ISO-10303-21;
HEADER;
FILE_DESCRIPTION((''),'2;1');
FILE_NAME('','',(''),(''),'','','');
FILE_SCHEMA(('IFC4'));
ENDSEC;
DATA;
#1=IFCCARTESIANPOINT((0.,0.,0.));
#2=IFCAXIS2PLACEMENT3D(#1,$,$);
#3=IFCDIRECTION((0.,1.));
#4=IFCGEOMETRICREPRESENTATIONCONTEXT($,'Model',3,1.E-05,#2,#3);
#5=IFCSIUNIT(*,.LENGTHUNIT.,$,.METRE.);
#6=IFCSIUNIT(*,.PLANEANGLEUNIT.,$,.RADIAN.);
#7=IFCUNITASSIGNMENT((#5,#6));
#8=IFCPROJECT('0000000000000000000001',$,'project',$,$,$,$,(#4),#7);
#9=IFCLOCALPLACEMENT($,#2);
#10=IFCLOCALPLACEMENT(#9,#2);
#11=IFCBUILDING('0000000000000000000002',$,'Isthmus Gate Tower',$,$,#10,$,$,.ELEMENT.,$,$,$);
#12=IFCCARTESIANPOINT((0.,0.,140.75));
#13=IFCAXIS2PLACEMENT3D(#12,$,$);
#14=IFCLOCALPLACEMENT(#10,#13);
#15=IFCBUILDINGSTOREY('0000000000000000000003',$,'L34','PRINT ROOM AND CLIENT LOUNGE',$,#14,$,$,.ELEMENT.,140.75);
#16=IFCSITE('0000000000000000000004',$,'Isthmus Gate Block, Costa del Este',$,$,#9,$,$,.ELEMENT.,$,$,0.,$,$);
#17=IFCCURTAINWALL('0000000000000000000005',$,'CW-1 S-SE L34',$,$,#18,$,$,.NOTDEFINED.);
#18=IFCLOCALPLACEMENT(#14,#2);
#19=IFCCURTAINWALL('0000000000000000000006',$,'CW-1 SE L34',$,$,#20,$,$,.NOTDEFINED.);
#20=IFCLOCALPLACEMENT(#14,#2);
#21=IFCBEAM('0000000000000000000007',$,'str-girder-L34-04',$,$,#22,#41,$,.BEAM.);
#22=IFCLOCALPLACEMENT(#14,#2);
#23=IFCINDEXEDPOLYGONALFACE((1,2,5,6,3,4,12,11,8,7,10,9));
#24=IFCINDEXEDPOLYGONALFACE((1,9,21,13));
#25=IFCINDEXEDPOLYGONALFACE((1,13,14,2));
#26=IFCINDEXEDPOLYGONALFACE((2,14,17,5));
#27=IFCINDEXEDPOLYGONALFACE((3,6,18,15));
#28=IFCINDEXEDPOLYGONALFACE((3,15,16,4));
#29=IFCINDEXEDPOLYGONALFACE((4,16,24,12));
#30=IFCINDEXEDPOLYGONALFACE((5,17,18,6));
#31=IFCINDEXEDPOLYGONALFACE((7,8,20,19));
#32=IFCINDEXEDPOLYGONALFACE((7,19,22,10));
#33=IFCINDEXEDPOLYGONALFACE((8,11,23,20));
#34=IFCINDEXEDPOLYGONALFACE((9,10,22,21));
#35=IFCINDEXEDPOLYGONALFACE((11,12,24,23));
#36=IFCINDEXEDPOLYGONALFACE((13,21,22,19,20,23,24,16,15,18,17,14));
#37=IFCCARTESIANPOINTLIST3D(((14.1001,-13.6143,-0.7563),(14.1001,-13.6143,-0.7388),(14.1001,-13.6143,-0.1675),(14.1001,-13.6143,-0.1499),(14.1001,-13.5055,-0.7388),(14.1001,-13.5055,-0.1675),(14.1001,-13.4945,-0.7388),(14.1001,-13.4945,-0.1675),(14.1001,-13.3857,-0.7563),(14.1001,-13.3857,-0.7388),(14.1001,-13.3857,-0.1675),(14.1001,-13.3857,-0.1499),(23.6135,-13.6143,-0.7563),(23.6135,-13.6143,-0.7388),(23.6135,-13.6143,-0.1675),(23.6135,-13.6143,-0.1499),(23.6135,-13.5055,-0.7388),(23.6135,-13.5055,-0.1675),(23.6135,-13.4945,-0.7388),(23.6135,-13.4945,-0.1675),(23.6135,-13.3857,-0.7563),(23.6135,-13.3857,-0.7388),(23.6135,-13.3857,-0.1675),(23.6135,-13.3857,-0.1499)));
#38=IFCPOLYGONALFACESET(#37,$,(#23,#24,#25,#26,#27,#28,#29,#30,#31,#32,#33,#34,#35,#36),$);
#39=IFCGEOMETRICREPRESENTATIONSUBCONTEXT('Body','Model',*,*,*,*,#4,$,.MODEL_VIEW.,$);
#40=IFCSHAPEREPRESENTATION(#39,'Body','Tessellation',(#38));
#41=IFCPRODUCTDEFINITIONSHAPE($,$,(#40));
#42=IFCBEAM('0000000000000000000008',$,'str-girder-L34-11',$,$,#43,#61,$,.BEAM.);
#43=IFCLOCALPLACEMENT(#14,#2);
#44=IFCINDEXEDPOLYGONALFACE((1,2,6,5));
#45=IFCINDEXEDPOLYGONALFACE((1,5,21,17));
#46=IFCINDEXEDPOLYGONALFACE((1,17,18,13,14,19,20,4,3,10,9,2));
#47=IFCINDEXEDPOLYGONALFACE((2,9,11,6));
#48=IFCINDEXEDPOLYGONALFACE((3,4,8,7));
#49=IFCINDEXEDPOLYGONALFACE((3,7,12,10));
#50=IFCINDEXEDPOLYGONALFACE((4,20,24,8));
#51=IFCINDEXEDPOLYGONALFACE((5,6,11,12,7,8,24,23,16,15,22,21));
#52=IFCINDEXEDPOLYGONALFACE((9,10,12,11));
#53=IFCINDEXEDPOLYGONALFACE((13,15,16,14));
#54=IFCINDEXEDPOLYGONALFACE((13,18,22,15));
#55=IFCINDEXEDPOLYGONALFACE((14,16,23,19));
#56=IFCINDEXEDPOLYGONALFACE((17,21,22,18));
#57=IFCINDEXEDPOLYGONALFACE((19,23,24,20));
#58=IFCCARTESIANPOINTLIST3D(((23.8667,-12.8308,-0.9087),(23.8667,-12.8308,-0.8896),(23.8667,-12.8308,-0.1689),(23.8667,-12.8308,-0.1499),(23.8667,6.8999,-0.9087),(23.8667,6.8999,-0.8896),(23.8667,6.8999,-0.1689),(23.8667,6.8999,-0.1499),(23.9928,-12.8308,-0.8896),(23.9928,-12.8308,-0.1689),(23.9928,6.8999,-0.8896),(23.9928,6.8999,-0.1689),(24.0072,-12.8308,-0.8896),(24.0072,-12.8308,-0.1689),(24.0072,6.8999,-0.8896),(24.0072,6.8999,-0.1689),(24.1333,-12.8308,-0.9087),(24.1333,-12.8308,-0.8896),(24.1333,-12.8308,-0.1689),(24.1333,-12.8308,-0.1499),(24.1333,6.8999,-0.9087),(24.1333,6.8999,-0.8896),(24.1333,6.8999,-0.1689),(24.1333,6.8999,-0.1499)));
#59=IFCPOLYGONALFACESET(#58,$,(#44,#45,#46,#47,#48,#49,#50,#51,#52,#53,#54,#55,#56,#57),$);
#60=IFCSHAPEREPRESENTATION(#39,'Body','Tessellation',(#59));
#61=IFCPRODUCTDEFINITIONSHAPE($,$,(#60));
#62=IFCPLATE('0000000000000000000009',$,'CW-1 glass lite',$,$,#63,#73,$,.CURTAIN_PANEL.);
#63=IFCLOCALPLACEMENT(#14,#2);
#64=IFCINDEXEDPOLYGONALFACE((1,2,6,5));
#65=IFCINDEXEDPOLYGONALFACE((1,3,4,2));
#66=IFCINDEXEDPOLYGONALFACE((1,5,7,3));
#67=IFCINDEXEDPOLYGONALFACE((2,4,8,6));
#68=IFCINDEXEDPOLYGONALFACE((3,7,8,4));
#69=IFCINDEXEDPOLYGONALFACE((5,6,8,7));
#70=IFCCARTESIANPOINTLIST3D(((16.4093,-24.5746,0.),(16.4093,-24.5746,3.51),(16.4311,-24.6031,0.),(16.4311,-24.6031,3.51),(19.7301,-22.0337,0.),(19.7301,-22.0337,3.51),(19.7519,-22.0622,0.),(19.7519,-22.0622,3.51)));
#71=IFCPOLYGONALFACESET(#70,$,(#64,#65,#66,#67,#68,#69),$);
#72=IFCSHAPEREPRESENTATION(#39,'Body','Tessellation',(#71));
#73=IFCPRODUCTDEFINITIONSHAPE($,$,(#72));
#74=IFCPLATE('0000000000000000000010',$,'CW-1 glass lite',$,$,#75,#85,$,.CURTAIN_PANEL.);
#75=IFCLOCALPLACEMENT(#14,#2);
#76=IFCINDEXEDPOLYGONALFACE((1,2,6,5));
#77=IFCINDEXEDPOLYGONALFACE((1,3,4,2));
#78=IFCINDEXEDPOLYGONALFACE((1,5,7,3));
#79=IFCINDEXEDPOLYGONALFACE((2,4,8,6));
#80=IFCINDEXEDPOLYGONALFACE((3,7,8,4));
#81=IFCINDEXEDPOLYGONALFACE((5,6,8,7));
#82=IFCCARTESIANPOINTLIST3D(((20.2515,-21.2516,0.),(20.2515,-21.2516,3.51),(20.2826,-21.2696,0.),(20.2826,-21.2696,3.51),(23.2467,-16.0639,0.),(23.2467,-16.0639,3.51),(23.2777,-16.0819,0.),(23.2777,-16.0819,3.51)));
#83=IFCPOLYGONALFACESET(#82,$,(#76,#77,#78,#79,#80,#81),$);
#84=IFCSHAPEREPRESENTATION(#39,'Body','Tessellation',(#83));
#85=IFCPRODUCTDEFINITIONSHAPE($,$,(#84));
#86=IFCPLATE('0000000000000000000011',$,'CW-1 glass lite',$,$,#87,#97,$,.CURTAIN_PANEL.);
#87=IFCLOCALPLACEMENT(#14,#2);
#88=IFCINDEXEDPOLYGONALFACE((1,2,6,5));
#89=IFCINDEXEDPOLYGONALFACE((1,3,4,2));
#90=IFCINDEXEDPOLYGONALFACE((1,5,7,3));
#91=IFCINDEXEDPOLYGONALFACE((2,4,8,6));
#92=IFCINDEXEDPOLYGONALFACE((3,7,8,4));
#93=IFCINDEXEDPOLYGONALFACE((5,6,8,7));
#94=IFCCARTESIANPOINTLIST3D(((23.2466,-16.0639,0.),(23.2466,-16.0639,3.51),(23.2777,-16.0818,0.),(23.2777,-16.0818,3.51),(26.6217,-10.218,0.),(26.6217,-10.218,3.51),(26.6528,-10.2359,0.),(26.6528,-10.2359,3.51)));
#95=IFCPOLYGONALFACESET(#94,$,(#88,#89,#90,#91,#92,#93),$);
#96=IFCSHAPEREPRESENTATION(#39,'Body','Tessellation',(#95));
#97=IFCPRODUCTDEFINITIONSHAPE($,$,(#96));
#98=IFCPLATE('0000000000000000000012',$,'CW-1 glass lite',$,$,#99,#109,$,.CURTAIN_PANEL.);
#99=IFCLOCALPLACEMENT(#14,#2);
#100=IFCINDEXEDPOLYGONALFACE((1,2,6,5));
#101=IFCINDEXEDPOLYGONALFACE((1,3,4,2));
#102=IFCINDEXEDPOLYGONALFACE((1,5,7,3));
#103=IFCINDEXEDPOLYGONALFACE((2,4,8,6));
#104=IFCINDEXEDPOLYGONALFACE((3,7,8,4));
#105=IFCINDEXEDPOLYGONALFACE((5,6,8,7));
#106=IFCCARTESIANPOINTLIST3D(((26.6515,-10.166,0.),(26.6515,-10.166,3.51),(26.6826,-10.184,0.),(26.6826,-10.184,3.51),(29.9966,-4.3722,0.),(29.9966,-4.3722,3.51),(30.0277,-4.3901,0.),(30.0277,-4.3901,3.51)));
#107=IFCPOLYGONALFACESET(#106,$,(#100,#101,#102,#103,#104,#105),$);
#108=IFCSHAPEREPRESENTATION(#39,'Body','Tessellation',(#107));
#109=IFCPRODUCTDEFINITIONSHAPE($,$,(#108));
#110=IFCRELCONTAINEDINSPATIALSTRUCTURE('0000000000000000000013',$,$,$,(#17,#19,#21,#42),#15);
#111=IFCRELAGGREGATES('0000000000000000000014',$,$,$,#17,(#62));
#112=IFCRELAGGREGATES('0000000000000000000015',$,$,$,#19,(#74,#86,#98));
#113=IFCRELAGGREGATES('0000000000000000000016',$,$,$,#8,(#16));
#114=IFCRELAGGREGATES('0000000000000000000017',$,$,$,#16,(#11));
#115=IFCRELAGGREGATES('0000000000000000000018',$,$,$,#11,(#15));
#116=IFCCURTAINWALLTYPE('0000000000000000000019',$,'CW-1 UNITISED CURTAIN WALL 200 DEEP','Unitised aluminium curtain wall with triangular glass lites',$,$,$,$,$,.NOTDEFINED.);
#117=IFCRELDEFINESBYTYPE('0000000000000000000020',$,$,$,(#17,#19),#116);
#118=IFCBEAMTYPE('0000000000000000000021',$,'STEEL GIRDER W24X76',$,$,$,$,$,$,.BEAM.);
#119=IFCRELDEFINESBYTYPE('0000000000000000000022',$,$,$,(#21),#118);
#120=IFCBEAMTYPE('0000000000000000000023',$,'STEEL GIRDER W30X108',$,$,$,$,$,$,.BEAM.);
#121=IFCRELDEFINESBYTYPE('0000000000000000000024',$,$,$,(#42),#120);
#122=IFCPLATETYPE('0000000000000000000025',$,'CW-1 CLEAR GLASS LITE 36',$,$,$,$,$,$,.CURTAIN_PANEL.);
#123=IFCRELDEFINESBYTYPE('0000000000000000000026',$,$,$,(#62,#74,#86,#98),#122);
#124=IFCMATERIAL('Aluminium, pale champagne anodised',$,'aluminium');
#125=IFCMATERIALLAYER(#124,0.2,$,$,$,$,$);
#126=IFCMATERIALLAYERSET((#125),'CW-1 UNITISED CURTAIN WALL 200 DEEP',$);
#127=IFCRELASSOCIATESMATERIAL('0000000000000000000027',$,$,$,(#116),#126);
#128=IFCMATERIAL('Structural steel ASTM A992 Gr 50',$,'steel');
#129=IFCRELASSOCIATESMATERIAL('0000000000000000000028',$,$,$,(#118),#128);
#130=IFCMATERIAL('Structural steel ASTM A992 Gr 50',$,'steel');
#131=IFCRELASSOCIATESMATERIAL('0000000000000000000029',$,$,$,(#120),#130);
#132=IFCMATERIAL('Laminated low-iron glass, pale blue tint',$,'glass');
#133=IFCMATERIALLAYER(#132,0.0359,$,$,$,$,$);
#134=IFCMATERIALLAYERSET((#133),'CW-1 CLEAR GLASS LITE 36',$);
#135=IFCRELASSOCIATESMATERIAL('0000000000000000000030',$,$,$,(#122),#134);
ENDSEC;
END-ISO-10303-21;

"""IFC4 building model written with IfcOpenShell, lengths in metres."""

from ifc_helpers import new_model, si_unit, direction, frame, origin, origin_2d, place, context, subcontext, project, spatial, rectangle, i_section, extrude, material, layer, layer_set, material_profile, profile_set, type_object, element, aggregate, save


model = new_model("IFC4")

# Units and contexts
model_context = context("Model", 3, precision=1e-05, world=origin(), true_north=direction((0.0, 1.0)))
body_context = subcontext(model_context, "Body", "Model", "MODEL_VIEW")
ifc_project = project(units=[si_unit("LENGTHUNIT", "METRE"), si_unit("PLANEANGLEUNIT", "RADIAN")], contexts=[model_context])

# Site, building, storey
site_placement = place(None, origin())
site = spatial("IfcSite", under=ifc_project, at=site_placement, Name="Isthmus Gate Block, Costa del Este", CompositionType="ELEMENT", RefElevation=0.0)
building_placement = place(site_placement, origin())
building = spatial("IfcBuilding", under=site, at=building_placement, Name="Isthmus Gate Tower", CompositionType="ELEMENT")
storey_placement = place(building_placement, frame((0.0, 0.0, 140.75)))
storey = spatial("IfcBuildingStorey", under=building, at=storey_placement, Name="L34", Description="PRINT ROOM AND CLIENT LOUNGE", CompositionType="ELEMENT", Elevation=140.75)

# Curtain wall
ifc_material_1 = material(Name="Aluminium, pale champagne anodised", Category="aluminium")
ifc_layer_1 = layer(ifc_material_1, 0.2)
ifc_layer_set_1 = layer_set([ifc_layer_1], Name="CW-1 UNITISED CURTAIN WALL 200 DEEP")
curtain_wall_type = type_object("IfcCurtainWallType", Name="CW-1 UNITISED CURTAIN WALL 200 DEEP", Description="Unitised aluminium curtain wall with triangular glass lites", PredefinedType="NOTDEFINED", material=ifc_layer_set_1)
curtain_wall_1_placement = place(storey_placement, origin())
curtain_wall_1 = element("IfcCurtainWall", 1, at=curtain_wall_1_placement, inside=storey, type_object=curtain_wall_type, Name="CW-1 S-SE L34", PredefinedType="NOTDEFINED")

# Curtain wall
curtain_wall_2_placement = place(storey_placement, origin())
curtain_wall_2 = element("IfcCurtainWall", 2, at=curtain_wall_2_placement, inside=storey, type_object=curtain_wall_type, Name="CW-1 SE L34", PredefinedType="NOTDEFINED")

# Beams
ifc_material_2 = material(Name="Structural steel ASTM A992 Gr 50", Category="steel")
ifc_material_profile_1 = material_profile(ifc_material_2, i_section(OverallWidth=0.2285, OverallDepth=0.6064, WebThickness=0.011, FlangeThickness=0.0176, at=origin_2d()), Name="W24X76")
ifc_profile_set_1 = profile_set([ifc_material_profile_1], Name="Structural steel ASTM A992 Gr 50")
beam_type_1 = type_object("IfcBeamType", Name="STEEL GIRDER W24X76", PredefinedType="BEAM", material=ifc_profile_set_1)
beam_1_placement = place(storey_placement, frame((14.1001, -13.5, -0.4531), z_axis=(1.0, 0.0, 0.0), x_axis=(0.0, 1.0, 0.0)))
element("IfcBeam", 3, at=beam_1_placement, inside=storey, type_object=beam_type_1, Name="str-girder-L34-04", PredefinedType="BEAM", context=body_context, shape_type="SweptSolid", body=[
    extrude(i_section(OverallWidth=0.2285, OverallDepth=0.6064, WebThickness=0.011, FlangeThickness=0.0176, at=origin_2d()), origin(), (0.0, 0.0, 1.0), 9.5134),
])
ifc_material_3 = material(Name="Structural steel ASTM A992 Gr 50", Category="steel")
ifc_material_profile_2 = material_profile(ifc_material_3, i_section(OverallWidth=0.2666, OverallDepth=0.7588, WebThickness=0.0144, FlangeThickness=0.019, at=origin_2d()), Name="W30X108")
ifc_profile_set_2 = profile_set([ifc_material_profile_2], Name="Structural steel ASTM A992 Gr 50")
beam_type_2 = type_object("IfcBeamType", Name="STEEL GIRDER W30X108", PredefinedType="BEAM", material=ifc_profile_set_2)
beam_2_placement = place(storey_placement, frame((24.0, -12.8308, -0.5293), z_axis=(0.0, 1.0, 0.0), x_axis=(-1.0, 0.0, 0.0)))
element("IfcBeam", 4, at=beam_2_placement, inside=storey, type_object=beam_type_2, Name="str-girder-L34-11", PredefinedType="BEAM", context=body_context, shape_type="SweptSolid", body=[
    extrude(i_section(OverallWidth=0.2666, OverallDepth=0.7588, WebThickness=0.0144, FlangeThickness=0.019, at=origin_2d()), origin(), (0.0, 0.0, 1.0), 19.7307),
])

# Plates
ifc_material_4 = material(Name="Laminated low-iron glass, pale blue tint", Category="glass")
ifc_layer_2 = layer(ifc_material_4, 0.0359)
ifc_layer_set_2 = layer_set([ifc_layer_2], Name="CW-1 CLEAR GLASS LITE 36")
plate_type = type_object("IfcPlateType", Name="CW-1 CLEAR GLASS LITE 36", PredefinedType="CURTAIN_PANEL", material=ifc_layer_set_2)
plate_1_placement = place(storey_placement, frame((18.0806, -23.3184, 0.0), z_axis=(0.0, 0.0, 1.0), x_axis=(0.794189, 0.607671, 0.0)))
plate_1 = element("IfcPlate", 5, at=plate_1_placement, type_object=plate_type, Name="CW-1 glass lite", PredefinedType="CURTAIN_PANEL", context=body_context, shape_type="SweptSolid", body=[
    extrude(rectangle(XDim=4.1814, YDim=0.0359, at=origin_2d()), origin(), (0.0, 0.0, 1.0), 3.51),
])
aggregate(curtain_wall_1, [plate_1])
plate_2_placement = place(storey_placement, frame((21.7646, -18.6667, 0.0), z_axis=(0.0, 0.0, 1.0), x_axis=(0.5, 0.866025, 0.0)))
plate_2 = element("IfcPlate", 6, at=plate_2_placement, type_object=plate_type, Name="CW-1 glass lite", PredefinedType="CURTAIN_PANEL", context=body_context, shape_type="SweptSolid", body=[
    extrude(rectangle(XDim=5.9902, YDim=0.0359, at=origin_2d()), origin(), (0.0, 0.0, 1.0), 3.51),
])
plate_3_placement = place(storey_placement, frame((24.9497, -13.1499, 0.0), z_axis=(0.0, 0.0, 1.0), x_axis=(0.5, 0.866025, 0.0)))
plate_3 = element("IfcPlate", 7, at=plate_3_placement, type_object=plate_type, Name="CW-1 glass lite", PredefinedType="CURTAIN_PANEL", context=body_context, shape_type="SweptSolid", body=[
    extrude(rectangle(XDim=6.7502, YDim=0.0359, at=origin_2d()), origin(), (0.0, 0.0, 1.0), 3.51),
])
plate_4_placement = place(storey_placement, frame((28.3396, -7.2781, 0.0), z_axis=(0.0, 0.0, 1.0), x_axis=(0.5, 0.866025, 0.0)))
plate_4 = element("IfcPlate", 8, at=plate_4_placement, type_object=plate_type, Name="CW-1 glass lite", PredefinedType="CURTAIN_PANEL", context=body_context, shape_type="SweptSolid", body=[
    extrude(rectangle(XDim=6.6902, YDim=0.0359, at=origin_2d()), origin(), (0.0, 0.0, 1.0), 3.51),
])
aggregate(curtain_wall_2, [plate_2, plate_3, plate_4])

save(model, "model.ifc")
